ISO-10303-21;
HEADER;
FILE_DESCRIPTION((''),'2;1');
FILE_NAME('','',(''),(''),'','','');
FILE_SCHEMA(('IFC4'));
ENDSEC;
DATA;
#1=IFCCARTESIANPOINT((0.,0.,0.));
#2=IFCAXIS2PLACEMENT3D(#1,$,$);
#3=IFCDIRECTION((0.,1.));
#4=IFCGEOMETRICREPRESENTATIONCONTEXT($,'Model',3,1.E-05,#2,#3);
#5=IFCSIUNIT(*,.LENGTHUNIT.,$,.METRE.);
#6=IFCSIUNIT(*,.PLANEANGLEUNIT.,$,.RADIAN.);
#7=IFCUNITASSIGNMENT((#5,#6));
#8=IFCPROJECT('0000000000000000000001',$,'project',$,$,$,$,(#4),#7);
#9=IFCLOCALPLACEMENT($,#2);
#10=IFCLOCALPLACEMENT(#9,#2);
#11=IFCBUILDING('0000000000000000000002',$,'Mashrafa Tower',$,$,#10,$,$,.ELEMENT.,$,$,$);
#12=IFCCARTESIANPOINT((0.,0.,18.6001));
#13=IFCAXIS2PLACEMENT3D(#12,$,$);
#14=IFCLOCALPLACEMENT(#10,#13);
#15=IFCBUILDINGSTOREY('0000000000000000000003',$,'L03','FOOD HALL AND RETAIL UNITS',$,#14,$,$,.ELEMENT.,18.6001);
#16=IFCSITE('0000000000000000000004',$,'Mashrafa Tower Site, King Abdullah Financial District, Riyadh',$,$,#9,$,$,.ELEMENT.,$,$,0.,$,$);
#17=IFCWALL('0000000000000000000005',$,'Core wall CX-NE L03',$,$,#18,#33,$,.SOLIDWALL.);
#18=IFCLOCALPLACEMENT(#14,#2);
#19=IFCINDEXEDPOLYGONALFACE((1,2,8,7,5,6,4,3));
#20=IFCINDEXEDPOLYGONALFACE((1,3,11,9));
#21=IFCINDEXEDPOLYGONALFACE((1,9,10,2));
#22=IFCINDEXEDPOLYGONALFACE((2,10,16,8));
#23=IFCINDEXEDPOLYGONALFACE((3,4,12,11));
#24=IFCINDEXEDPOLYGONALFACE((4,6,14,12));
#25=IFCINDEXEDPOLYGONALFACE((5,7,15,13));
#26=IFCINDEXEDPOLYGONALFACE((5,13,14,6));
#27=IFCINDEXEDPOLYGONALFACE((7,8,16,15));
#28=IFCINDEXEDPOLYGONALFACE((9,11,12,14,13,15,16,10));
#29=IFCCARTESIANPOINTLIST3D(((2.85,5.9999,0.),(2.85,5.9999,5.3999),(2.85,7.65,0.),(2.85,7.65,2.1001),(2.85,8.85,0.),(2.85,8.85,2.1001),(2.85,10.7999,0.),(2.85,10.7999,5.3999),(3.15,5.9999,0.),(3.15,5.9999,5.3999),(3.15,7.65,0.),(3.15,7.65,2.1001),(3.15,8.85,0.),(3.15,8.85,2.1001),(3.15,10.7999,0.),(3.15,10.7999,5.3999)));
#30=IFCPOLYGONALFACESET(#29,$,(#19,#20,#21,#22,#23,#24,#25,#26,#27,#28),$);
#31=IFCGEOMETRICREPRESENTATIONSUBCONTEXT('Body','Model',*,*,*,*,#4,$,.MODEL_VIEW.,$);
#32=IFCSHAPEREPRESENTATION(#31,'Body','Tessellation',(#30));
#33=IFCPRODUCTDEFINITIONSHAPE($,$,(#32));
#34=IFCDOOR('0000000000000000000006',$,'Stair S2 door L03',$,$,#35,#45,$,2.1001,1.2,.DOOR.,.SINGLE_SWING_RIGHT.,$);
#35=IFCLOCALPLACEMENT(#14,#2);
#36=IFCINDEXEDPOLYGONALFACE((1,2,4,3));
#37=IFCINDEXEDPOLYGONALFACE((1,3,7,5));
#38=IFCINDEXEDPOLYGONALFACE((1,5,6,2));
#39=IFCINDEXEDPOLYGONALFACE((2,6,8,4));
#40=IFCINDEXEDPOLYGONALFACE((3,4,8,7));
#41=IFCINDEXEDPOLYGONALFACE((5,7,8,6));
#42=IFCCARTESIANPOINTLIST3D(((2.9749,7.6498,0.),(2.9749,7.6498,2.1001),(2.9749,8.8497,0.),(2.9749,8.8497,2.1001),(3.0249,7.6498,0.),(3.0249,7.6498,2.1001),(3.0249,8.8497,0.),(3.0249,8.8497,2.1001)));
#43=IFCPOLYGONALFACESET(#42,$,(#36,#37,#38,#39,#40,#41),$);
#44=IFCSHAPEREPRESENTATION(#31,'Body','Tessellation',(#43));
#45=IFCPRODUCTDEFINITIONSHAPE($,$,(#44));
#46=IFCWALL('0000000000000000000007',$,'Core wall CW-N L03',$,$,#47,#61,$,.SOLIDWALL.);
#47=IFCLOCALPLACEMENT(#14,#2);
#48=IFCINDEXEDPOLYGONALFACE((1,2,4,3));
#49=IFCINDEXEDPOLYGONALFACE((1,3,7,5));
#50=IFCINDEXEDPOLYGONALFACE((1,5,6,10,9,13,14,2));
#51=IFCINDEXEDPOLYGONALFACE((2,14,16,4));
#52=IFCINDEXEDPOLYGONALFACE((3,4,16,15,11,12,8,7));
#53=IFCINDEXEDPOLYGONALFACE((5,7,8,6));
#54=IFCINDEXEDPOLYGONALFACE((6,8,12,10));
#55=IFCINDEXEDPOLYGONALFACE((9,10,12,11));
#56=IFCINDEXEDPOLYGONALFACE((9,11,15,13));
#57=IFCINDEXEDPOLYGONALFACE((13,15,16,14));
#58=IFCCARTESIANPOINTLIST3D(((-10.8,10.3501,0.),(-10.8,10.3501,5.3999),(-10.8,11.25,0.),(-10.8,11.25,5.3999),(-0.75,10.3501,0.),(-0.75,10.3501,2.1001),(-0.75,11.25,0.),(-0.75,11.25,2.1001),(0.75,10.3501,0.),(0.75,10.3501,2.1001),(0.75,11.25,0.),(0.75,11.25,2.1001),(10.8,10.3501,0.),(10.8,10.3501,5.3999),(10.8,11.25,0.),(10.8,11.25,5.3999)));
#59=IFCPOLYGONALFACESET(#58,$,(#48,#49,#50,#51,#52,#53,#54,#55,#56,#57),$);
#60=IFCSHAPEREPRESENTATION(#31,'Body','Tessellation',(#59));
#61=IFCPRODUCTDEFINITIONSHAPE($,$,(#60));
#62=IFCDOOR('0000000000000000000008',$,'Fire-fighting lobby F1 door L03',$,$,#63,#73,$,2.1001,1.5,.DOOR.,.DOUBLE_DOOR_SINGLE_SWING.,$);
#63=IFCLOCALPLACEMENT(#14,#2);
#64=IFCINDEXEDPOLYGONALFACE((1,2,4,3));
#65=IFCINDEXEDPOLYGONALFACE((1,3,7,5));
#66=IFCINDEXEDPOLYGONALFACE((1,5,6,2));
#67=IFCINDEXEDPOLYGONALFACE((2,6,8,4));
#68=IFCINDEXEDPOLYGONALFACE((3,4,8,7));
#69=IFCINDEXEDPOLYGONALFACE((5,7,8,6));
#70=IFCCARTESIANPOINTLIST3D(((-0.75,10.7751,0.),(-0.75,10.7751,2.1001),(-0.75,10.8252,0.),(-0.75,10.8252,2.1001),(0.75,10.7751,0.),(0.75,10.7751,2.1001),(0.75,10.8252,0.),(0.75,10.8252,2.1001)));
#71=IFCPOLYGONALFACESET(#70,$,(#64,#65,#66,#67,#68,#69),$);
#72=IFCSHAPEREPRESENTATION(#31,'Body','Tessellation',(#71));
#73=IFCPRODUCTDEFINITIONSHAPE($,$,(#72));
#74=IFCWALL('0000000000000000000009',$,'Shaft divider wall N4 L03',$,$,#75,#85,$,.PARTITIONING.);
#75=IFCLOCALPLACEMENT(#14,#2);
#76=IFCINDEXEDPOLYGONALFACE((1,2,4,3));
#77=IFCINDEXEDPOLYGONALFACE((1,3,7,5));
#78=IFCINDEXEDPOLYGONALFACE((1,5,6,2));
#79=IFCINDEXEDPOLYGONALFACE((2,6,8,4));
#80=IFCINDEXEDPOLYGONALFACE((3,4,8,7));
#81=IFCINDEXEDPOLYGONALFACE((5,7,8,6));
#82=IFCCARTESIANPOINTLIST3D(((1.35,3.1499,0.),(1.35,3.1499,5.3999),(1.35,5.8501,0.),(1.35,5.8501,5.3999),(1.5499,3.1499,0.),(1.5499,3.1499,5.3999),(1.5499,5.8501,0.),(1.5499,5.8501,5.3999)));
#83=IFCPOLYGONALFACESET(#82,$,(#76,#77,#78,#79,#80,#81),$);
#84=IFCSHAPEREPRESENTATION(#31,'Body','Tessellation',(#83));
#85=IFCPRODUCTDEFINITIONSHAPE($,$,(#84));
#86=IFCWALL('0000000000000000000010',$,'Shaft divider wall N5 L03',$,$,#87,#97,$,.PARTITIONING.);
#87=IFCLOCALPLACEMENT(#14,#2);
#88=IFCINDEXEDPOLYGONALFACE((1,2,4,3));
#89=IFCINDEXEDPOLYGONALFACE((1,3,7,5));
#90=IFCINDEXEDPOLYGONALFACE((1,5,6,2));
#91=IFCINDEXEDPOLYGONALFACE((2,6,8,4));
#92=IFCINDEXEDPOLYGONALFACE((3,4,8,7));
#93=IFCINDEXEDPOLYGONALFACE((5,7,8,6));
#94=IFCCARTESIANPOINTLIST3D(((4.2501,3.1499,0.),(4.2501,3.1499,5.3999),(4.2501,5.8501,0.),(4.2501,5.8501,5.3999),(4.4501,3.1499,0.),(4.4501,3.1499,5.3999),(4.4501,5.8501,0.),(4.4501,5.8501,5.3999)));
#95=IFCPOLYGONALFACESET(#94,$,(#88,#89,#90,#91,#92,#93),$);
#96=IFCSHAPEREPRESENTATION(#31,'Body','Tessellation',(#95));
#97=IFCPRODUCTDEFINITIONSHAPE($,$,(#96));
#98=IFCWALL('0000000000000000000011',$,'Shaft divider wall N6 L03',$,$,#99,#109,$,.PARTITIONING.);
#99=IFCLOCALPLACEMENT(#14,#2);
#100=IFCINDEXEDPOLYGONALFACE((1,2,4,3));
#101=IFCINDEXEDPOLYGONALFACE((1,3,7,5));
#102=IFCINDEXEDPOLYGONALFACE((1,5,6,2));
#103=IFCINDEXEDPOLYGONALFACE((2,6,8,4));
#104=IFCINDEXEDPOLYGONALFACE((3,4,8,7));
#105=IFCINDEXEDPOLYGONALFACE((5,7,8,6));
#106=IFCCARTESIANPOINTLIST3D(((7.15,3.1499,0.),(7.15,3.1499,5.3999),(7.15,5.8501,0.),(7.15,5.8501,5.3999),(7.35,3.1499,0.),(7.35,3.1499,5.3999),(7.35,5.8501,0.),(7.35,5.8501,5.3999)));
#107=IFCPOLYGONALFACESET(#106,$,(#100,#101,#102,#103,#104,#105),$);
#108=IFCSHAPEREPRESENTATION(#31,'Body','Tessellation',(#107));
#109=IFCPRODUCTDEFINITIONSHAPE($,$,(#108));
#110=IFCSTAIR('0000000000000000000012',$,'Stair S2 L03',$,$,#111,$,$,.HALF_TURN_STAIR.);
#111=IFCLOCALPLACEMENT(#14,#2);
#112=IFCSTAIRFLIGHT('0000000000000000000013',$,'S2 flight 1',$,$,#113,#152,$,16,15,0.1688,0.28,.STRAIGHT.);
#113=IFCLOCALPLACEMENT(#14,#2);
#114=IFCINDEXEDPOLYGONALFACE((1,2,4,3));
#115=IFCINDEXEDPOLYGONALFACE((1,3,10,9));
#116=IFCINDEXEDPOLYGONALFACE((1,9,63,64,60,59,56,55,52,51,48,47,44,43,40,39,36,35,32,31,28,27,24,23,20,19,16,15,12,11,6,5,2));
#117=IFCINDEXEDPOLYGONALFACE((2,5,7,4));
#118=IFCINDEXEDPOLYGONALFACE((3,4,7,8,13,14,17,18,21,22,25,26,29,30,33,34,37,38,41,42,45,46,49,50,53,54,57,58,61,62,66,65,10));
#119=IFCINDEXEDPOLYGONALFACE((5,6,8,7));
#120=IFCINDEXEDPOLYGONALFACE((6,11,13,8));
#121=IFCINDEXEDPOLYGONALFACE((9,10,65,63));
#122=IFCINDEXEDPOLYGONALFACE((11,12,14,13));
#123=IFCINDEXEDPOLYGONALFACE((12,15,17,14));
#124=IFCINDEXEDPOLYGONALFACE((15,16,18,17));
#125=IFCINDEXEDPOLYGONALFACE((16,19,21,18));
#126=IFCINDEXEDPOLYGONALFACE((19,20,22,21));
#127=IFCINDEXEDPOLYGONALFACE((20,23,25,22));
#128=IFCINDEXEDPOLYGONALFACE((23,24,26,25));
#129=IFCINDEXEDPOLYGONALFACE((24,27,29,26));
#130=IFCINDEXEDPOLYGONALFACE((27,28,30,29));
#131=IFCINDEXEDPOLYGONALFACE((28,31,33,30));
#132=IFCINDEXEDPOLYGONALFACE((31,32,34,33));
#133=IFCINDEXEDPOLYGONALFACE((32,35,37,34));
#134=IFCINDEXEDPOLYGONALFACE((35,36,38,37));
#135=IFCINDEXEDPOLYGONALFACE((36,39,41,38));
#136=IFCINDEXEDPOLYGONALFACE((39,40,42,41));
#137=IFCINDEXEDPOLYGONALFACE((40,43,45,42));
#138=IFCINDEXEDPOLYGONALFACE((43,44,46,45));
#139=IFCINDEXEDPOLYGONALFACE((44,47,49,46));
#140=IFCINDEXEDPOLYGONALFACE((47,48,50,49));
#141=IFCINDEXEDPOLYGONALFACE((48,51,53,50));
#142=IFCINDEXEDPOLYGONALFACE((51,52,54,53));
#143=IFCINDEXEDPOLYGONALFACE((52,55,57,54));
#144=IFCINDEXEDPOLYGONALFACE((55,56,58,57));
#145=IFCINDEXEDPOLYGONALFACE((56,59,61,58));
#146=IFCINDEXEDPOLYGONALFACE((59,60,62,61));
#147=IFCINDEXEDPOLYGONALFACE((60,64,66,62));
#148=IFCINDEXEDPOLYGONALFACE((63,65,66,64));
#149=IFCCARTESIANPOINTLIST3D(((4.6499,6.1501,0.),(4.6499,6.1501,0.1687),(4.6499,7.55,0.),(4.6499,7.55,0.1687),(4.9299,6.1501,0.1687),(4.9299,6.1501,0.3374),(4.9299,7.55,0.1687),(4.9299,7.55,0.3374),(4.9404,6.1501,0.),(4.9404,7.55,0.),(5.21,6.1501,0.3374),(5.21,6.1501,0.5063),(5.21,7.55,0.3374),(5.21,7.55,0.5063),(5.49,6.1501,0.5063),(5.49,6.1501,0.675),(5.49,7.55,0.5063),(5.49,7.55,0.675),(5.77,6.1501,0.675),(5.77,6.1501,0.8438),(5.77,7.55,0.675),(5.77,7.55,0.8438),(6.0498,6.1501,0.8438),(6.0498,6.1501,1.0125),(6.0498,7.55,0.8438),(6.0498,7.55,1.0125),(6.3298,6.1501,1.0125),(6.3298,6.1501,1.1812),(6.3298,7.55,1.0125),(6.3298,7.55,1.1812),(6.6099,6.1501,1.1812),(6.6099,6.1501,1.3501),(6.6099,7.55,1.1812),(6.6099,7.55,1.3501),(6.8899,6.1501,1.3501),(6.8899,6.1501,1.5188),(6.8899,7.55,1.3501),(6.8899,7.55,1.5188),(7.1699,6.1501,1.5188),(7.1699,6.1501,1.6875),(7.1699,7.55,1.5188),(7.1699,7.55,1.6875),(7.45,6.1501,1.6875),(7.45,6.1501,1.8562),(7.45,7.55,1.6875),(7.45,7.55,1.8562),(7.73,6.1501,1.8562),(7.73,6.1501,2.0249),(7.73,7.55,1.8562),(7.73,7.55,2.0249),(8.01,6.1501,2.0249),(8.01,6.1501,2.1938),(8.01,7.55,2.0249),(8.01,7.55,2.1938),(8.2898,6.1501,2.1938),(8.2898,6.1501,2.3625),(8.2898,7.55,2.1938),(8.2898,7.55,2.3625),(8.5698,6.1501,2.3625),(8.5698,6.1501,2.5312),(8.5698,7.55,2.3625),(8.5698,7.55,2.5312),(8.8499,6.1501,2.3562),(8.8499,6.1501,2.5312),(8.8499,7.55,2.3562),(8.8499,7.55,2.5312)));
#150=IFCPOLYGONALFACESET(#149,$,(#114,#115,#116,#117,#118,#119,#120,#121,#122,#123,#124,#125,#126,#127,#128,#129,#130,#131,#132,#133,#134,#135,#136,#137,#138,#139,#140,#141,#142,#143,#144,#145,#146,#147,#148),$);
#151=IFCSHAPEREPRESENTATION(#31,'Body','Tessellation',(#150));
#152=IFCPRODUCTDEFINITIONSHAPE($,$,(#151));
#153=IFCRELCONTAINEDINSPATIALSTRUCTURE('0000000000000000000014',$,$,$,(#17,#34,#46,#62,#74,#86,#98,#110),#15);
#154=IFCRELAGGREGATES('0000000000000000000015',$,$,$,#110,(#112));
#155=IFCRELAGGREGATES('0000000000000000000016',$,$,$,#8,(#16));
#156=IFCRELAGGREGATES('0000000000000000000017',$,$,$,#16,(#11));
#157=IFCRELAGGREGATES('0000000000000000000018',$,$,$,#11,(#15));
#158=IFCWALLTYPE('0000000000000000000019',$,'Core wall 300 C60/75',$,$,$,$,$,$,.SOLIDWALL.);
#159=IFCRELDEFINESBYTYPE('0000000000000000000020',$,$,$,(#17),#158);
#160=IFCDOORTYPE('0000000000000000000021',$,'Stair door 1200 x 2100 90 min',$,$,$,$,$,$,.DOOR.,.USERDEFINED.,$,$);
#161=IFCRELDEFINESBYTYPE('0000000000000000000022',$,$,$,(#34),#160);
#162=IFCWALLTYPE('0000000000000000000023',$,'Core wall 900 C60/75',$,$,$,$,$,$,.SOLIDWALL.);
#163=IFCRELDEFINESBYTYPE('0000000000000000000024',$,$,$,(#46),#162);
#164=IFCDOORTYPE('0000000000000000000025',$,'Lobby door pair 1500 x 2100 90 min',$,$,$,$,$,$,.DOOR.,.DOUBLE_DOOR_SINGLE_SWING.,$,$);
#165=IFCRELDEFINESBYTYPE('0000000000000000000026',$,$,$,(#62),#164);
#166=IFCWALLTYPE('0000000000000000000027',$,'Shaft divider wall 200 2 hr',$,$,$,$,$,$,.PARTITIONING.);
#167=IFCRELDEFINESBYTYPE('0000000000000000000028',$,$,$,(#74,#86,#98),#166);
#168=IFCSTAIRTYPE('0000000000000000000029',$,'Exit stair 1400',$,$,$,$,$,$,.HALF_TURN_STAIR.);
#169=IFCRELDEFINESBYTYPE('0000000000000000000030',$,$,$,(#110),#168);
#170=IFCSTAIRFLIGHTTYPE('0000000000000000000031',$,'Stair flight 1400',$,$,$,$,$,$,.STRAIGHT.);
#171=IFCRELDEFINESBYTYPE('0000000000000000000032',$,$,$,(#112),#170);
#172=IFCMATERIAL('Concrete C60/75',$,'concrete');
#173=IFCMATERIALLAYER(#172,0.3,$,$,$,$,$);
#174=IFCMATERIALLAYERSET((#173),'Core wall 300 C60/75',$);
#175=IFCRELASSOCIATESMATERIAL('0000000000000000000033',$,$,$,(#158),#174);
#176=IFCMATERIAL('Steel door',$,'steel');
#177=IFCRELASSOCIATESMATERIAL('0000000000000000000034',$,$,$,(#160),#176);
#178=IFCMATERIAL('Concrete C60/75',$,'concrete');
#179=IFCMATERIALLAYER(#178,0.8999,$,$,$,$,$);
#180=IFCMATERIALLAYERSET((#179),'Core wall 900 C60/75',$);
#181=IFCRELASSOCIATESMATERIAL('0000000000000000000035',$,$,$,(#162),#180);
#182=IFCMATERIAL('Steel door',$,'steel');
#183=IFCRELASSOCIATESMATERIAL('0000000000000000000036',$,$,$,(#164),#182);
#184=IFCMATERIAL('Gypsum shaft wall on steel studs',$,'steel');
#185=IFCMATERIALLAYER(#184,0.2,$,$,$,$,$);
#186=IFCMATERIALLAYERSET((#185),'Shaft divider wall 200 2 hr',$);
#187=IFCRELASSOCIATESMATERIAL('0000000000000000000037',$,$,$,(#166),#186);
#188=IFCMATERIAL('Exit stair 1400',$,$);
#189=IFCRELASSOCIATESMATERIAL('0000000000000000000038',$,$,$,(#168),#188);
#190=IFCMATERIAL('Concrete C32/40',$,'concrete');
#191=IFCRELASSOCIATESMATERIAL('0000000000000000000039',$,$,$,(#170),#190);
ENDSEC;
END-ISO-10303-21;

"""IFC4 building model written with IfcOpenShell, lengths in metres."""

from ifc_helpers import new_model, si_unit, direction, frame, frame_2d, origin, place, context, subcontext, project, spatial, polyline, rectangle, outline, extrude, material, layer, layer_set, type_object, element, fill, aggregate, save


model = new_model("IFC4")

# Units and contexts
model_context = context("Model", 3, precision=1e-05, world=origin(), true_north=direction((0.0, 1.0)))
body_context = subcontext(model_context, "Body", "Model", "MODEL_VIEW")
ifc_project = project(units=[si_unit("LENGTHUNIT", "METRE"), si_unit("PLANEANGLEUNIT", "RADIAN")], contexts=[model_context])

# Site, building, storey
site_placement = place(None, origin())
site = spatial("IfcSite", under=ifc_project, at=site_placement, Name="Mashrafa Tower Site, King Abdullah Financial District, Riyadh", CompositionType="ELEMENT", RefElevation=0.0)
building_placement = place(site_placement, origin())
building = spatial("IfcBuilding", under=site, at=building_placement, Name="Mashrafa Tower", CompositionType="ELEMENT")
storey_placement = place(building_placement, frame((0.0, 0.0, 18.6001)))
storey = spatial("IfcBuildingStorey", under=building, at=storey_placement, Name="L03", Description="FOOD HALL AND RETAIL UNITS", CompositionType="ELEMENT", Elevation=18.6001)

# Walls, openings, doors
ifc_material_1 = material(Name="Concrete C60/75", Category="concrete")
ifc_layer_1 = layer(ifc_material_1, 0.3)
ifc_layer_set_1 = layer_set([ifc_layer_1], Name="Core wall 300 C60/75")
wall_type_1 = type_object("IfcWallType", Name="Core wall 300 C60/75", PredefinedType="SOLIDWALL", material=ifc_layer_set_1)
wall_1_placement = place(storey_placement, frame((3.0, 6.0, 0.0), z_axis=(0.0, 0.0, 1.0), x_axis=(0.0, 1.0, 0.0)))
wall_1 = element("IfcWall", 1, at=wall_1_placement, inside=storey, type_object=wall_type_1, Name="Core wall CX-NE L03", PredefinedType="SOLIDWALL", context=body_context, shape_type="SweptSolid", body=[
    extrude(rectangle(XDim=4.8, YDim=0.3, at=frame_2d((2.3999, 0.0))), origin(), (0.0, 0.0, 1.0), 5.3999),
])
opening_1_placement = place(wall_1_placement, frame((1.6499, 0.0, 0.0)))
opening_1 = element("IfcOpeningElement", 2, at=opening_1_placement, cuts=wall_1, PredefinedType="OPENING", context=body_context, shape_type="SweptSolid", body=[
    extrude(rectangle(XDim=1.2, YDim=2.1001, at=frame_2d((0.6001, 1.05))), frame((0.0, 0.1599, 0.0), z_axis=(0.0, -1.0, 0.0), x_axis=(1.0, 0.0, 0.0)), (0.0, 0.0, 1.0), 0.3201),
])
ifc_material_2 = material(Name="Steel door", Category="steel")
door_type_1 = type_object("IfcDoorType", Name="Stair door 1200 x 2100 90 min", OperationType="USERDEFINED", PredefinedType="DOOR", material=ifc_material_2)
door_1_placement = place(opening_1_placement, frame((1.2, 0.0, 0.0), z_axis=(0.0, 0.0, 1.0), x_axis=(-1.0, 0.0, 0.0)))
door_1 = element("IfcDoor", 3, at=door_1_placement, inside=storey, type_object=door_type_1, Name="Stair S2 door L03", OperationType="SINGLE_SWING_RIGHT", OverallHeight=2.1001, OverallWidth=1.2, PredefinedType="DOOR", context=body_context, shape_type="SweptSolid", body=[
    extrude(rectangle(XDim=1.2, YDim=2.1001, at=frame_2d((0.6001, 1.05))), frame((0.0, 0.0249, 0.0), z_axis=(0.0, -1.0, 0.0), x_axis=(1.0, 0.0, 0.0)), (0.0, 0.0, 1.0), 0.05),
])
fill(opening_1, door_1)
ifc_material_3 = material(Name="Concrete C60/75", Category="concrete")
ifc_layer_2 = layer(ifc_material_3, 0.8999)
ifc_layer_set_2 = layer_set([ifc_layer_2], Name="Core wall 900 C60/75")
wall_type_2 = type_object("IfcWallType", Name="Core wall 900 C60/75", PredefinedType="SOLIDWALL", material=ifc_layer_set_2)
wall_2_placement = place(storey_placement, frame((10.8, 10.8, 0.0), z_axis=(0.0, 0.0, 1.0), x_axis=(-1.0, 0.0, 0.0)))
wall_2 = element("IfcWall", 4, at=wall_2_placement, inside=storey, type_object=wall_type_2, Name="Core wall CW-N L03", PredefinedType="SOLIDWALL", context=body_context, shape_type="SweptSolid", body=[
    extrude(rectangle(XDim=21.6001, YDim=0.8999, at=frame_2d((10.8, 0.0))), origin(), (0.0, 0.0, 1.0), 5.3999),
])
opening_2_placement = place(wall_2_placement, frame((10.05, 0.0, 0.0)))
opening_2 = element("IfcOpeningElement", 5, at=opening_2_placement, cuts=wall_2, PredefinedType="OPENING", context=body_context, shape_type="SweptSolid", body=[
    extrude(rectangle(XDim=1.5, YDim=2.1001, at=frame_2d((0.75, 1.05))), frame((0.0, 0.46, 0.0), z_axis=(0.0, -1.0, 0.0), x_axis=(1.0, 0.0, 0.0)), (0.0, 0.0, 1.0), 0.9199),
])
ifc_material_4 = material(Name="Steel door", Category="steel")
door_type_2 = type_object("IfcDoorType", Name="Lobby door pair 1500 x 2100 90 min", OperationType="DOUBLE_DOOR_SINGLE_SWING", PredefinedType="DOOR", material=ifc_material_4)
door_2_placement = place(opening_2_placement, origin())
door_2 = element("IfcDoor", 6, at=door_2_placement, inside=storey, type_object=door_type_2, Name="Fire-fighting lobby F1 door L03", OperationType="DOUBLE_DOOR_SINGLE_SWING", OverallHeight=2.1001, OverallWidth=1.5, PredefinedType="DOOR", context=body_context, shape_type="SweptSolid", body=[
    extrude(rectangle(XDim=1.5, YDim=2.1001, at=frame_2d((0.75, 1.05))), frame((0.0, 0.0249, 0.0), z_axis=(0.0, -1.0, 0.0), x_axis=(1.0, 0.0, 0.0)), (0.0, 0.0, 1.0), 0.05),
])
fill(opening_2, door_2)

# Walls
ifc_material_5 = material(Name="Gypsum shaft wall on steel studs", Category="steel")
ifc_layer_3 = layer(ifc_material_5, 0.2)
ifc_layer_set_3 = layer_set([ifc_layer_3], Name="Shaft divider wall 200 2 hr")
wall_type_3 = type_object("IfcWallType", Name="Shaft divider wall 200 2 hr", PredefinedType="PARTITIONING", material=ifc_layer_set_3)
for number, where, z_axis, x_axis, name in (
    (7, (1.45, 3.1499, 0.0), (0.0, 0.0, 1.0), (0.0, 1.0, 0.0), "Shaft divider wall N4 L03"),
    (8, (4.3501, 3.1499, 0.0), (0.0, 0.0, 1.0), (0.0, 1.0, 0.0), "Shaft divider wall N5 L03"),
    (9, (7.25, 3.1499, 0.0), (0.0, 0.0, 1.0), (0.0, 1.0, 0.0), "Shaft divider wall N6 L03"),
):
    element("IfcWall", number, at=place(storey_placement, frame(where, z_axis=z_axis, x_axis=x_axis)), inside=storey, type_object=wall_type_3, Name=name, PredefinedType="PARTITIONING", context=body_context, shape_type="SweptSolid", body=[
        extrude(rectangle(XDim=2.7002, YDim=0.2, at=frame_2d((1.3501, 0.0))), origin(), (0.0, 0.0, 1.0), 5.3999),
    ])

# Stair, stair flight
ifc_material_6 = material(Name="Exit stair 1400")
stair_type = type_object("IfcStairType", Name="Exit stair 1400", PredefinedType="HALF_TURN_STAIR", material=ifc_material_6)
stair_placement = place(storey_placement, origin())
stair = element("IfcStair", 10, at=stair_placement, inside=storey, type_object=stair_type, Name="Stair S2 L03", PredefinedType="HALF_TURN_STAIR")
ifc_material_7 = material(Name="Concrete C32/40", Category="concrete")
stair_flight_type = type_object("IfcStairFlightType", Name="Stair flight 1400", PredefinedType="STRAIGHT", material=ifc_material_7)
stair_flight_1_placement = place(storey_placement, frame((4.6499, 6.8501, 0.0), z_axis=(0.0, 0.0, 1.0), x_axis=(1.0, 0.0, 0.0)))
stair_flight_1 = element("IfcStairFlight", 11, at=stair_flight_1_placement, type_object=stair_flight_type, Name="S2 flight 1", NumberOfRisers=16, NumberOfTreads=15, PredefinedType="STRAIGHT", RiserHeight=0.1688, TreadLength=0.28, context=body_context, shape_type="SweptSolid", body=[
    extrude(outline(polyline([(0.0, 0.0), (0.0, 0.1687), (0.28, 0.1687), (0.28, 0.3374), (0.5601, 0.3374), (0.5601, 0.5063), (0.8401, 0.5063), (0.8401, 0.675), (1.1201, 0.675), (1.1201, 0.8438), (1.3999, 0.8438), (1.3999, 1.0125), (1.6799, 1.0125), (1.6799, 1.1812), (1.96, 1.1812), (1.96, 1.3501), (2.24, 1.3501), (2.24, 1.5188), (2.52, 1.5188), (2.52, 1.6875), (2.8, 1.6875), (2.8, 1.8562), (3.0801, 1.8562), (3.0801, 2.0249), (3.3601, 2.0249), (3.3601, 2.1938), (3.6399, 2.1938), (3.6399, 2.3625), (3.9199, 2.3625), (3.9199, 2.5312), (4.2, 2.5312), (4.2, 2.7), (4.2, 2.3562), (0.2905, 0.0), (0.0, 0.0)])), frame((0.0, 0.7, 0.0), z_axis=(0.0, -1.0, 0.0), x_axis=(1.0, 0.0, 0.0)), (0.0, 0.0, 1.0), 1.3999),
])
aggregate(stair, [stair_flight_1])

save(model, "model.ifc")
